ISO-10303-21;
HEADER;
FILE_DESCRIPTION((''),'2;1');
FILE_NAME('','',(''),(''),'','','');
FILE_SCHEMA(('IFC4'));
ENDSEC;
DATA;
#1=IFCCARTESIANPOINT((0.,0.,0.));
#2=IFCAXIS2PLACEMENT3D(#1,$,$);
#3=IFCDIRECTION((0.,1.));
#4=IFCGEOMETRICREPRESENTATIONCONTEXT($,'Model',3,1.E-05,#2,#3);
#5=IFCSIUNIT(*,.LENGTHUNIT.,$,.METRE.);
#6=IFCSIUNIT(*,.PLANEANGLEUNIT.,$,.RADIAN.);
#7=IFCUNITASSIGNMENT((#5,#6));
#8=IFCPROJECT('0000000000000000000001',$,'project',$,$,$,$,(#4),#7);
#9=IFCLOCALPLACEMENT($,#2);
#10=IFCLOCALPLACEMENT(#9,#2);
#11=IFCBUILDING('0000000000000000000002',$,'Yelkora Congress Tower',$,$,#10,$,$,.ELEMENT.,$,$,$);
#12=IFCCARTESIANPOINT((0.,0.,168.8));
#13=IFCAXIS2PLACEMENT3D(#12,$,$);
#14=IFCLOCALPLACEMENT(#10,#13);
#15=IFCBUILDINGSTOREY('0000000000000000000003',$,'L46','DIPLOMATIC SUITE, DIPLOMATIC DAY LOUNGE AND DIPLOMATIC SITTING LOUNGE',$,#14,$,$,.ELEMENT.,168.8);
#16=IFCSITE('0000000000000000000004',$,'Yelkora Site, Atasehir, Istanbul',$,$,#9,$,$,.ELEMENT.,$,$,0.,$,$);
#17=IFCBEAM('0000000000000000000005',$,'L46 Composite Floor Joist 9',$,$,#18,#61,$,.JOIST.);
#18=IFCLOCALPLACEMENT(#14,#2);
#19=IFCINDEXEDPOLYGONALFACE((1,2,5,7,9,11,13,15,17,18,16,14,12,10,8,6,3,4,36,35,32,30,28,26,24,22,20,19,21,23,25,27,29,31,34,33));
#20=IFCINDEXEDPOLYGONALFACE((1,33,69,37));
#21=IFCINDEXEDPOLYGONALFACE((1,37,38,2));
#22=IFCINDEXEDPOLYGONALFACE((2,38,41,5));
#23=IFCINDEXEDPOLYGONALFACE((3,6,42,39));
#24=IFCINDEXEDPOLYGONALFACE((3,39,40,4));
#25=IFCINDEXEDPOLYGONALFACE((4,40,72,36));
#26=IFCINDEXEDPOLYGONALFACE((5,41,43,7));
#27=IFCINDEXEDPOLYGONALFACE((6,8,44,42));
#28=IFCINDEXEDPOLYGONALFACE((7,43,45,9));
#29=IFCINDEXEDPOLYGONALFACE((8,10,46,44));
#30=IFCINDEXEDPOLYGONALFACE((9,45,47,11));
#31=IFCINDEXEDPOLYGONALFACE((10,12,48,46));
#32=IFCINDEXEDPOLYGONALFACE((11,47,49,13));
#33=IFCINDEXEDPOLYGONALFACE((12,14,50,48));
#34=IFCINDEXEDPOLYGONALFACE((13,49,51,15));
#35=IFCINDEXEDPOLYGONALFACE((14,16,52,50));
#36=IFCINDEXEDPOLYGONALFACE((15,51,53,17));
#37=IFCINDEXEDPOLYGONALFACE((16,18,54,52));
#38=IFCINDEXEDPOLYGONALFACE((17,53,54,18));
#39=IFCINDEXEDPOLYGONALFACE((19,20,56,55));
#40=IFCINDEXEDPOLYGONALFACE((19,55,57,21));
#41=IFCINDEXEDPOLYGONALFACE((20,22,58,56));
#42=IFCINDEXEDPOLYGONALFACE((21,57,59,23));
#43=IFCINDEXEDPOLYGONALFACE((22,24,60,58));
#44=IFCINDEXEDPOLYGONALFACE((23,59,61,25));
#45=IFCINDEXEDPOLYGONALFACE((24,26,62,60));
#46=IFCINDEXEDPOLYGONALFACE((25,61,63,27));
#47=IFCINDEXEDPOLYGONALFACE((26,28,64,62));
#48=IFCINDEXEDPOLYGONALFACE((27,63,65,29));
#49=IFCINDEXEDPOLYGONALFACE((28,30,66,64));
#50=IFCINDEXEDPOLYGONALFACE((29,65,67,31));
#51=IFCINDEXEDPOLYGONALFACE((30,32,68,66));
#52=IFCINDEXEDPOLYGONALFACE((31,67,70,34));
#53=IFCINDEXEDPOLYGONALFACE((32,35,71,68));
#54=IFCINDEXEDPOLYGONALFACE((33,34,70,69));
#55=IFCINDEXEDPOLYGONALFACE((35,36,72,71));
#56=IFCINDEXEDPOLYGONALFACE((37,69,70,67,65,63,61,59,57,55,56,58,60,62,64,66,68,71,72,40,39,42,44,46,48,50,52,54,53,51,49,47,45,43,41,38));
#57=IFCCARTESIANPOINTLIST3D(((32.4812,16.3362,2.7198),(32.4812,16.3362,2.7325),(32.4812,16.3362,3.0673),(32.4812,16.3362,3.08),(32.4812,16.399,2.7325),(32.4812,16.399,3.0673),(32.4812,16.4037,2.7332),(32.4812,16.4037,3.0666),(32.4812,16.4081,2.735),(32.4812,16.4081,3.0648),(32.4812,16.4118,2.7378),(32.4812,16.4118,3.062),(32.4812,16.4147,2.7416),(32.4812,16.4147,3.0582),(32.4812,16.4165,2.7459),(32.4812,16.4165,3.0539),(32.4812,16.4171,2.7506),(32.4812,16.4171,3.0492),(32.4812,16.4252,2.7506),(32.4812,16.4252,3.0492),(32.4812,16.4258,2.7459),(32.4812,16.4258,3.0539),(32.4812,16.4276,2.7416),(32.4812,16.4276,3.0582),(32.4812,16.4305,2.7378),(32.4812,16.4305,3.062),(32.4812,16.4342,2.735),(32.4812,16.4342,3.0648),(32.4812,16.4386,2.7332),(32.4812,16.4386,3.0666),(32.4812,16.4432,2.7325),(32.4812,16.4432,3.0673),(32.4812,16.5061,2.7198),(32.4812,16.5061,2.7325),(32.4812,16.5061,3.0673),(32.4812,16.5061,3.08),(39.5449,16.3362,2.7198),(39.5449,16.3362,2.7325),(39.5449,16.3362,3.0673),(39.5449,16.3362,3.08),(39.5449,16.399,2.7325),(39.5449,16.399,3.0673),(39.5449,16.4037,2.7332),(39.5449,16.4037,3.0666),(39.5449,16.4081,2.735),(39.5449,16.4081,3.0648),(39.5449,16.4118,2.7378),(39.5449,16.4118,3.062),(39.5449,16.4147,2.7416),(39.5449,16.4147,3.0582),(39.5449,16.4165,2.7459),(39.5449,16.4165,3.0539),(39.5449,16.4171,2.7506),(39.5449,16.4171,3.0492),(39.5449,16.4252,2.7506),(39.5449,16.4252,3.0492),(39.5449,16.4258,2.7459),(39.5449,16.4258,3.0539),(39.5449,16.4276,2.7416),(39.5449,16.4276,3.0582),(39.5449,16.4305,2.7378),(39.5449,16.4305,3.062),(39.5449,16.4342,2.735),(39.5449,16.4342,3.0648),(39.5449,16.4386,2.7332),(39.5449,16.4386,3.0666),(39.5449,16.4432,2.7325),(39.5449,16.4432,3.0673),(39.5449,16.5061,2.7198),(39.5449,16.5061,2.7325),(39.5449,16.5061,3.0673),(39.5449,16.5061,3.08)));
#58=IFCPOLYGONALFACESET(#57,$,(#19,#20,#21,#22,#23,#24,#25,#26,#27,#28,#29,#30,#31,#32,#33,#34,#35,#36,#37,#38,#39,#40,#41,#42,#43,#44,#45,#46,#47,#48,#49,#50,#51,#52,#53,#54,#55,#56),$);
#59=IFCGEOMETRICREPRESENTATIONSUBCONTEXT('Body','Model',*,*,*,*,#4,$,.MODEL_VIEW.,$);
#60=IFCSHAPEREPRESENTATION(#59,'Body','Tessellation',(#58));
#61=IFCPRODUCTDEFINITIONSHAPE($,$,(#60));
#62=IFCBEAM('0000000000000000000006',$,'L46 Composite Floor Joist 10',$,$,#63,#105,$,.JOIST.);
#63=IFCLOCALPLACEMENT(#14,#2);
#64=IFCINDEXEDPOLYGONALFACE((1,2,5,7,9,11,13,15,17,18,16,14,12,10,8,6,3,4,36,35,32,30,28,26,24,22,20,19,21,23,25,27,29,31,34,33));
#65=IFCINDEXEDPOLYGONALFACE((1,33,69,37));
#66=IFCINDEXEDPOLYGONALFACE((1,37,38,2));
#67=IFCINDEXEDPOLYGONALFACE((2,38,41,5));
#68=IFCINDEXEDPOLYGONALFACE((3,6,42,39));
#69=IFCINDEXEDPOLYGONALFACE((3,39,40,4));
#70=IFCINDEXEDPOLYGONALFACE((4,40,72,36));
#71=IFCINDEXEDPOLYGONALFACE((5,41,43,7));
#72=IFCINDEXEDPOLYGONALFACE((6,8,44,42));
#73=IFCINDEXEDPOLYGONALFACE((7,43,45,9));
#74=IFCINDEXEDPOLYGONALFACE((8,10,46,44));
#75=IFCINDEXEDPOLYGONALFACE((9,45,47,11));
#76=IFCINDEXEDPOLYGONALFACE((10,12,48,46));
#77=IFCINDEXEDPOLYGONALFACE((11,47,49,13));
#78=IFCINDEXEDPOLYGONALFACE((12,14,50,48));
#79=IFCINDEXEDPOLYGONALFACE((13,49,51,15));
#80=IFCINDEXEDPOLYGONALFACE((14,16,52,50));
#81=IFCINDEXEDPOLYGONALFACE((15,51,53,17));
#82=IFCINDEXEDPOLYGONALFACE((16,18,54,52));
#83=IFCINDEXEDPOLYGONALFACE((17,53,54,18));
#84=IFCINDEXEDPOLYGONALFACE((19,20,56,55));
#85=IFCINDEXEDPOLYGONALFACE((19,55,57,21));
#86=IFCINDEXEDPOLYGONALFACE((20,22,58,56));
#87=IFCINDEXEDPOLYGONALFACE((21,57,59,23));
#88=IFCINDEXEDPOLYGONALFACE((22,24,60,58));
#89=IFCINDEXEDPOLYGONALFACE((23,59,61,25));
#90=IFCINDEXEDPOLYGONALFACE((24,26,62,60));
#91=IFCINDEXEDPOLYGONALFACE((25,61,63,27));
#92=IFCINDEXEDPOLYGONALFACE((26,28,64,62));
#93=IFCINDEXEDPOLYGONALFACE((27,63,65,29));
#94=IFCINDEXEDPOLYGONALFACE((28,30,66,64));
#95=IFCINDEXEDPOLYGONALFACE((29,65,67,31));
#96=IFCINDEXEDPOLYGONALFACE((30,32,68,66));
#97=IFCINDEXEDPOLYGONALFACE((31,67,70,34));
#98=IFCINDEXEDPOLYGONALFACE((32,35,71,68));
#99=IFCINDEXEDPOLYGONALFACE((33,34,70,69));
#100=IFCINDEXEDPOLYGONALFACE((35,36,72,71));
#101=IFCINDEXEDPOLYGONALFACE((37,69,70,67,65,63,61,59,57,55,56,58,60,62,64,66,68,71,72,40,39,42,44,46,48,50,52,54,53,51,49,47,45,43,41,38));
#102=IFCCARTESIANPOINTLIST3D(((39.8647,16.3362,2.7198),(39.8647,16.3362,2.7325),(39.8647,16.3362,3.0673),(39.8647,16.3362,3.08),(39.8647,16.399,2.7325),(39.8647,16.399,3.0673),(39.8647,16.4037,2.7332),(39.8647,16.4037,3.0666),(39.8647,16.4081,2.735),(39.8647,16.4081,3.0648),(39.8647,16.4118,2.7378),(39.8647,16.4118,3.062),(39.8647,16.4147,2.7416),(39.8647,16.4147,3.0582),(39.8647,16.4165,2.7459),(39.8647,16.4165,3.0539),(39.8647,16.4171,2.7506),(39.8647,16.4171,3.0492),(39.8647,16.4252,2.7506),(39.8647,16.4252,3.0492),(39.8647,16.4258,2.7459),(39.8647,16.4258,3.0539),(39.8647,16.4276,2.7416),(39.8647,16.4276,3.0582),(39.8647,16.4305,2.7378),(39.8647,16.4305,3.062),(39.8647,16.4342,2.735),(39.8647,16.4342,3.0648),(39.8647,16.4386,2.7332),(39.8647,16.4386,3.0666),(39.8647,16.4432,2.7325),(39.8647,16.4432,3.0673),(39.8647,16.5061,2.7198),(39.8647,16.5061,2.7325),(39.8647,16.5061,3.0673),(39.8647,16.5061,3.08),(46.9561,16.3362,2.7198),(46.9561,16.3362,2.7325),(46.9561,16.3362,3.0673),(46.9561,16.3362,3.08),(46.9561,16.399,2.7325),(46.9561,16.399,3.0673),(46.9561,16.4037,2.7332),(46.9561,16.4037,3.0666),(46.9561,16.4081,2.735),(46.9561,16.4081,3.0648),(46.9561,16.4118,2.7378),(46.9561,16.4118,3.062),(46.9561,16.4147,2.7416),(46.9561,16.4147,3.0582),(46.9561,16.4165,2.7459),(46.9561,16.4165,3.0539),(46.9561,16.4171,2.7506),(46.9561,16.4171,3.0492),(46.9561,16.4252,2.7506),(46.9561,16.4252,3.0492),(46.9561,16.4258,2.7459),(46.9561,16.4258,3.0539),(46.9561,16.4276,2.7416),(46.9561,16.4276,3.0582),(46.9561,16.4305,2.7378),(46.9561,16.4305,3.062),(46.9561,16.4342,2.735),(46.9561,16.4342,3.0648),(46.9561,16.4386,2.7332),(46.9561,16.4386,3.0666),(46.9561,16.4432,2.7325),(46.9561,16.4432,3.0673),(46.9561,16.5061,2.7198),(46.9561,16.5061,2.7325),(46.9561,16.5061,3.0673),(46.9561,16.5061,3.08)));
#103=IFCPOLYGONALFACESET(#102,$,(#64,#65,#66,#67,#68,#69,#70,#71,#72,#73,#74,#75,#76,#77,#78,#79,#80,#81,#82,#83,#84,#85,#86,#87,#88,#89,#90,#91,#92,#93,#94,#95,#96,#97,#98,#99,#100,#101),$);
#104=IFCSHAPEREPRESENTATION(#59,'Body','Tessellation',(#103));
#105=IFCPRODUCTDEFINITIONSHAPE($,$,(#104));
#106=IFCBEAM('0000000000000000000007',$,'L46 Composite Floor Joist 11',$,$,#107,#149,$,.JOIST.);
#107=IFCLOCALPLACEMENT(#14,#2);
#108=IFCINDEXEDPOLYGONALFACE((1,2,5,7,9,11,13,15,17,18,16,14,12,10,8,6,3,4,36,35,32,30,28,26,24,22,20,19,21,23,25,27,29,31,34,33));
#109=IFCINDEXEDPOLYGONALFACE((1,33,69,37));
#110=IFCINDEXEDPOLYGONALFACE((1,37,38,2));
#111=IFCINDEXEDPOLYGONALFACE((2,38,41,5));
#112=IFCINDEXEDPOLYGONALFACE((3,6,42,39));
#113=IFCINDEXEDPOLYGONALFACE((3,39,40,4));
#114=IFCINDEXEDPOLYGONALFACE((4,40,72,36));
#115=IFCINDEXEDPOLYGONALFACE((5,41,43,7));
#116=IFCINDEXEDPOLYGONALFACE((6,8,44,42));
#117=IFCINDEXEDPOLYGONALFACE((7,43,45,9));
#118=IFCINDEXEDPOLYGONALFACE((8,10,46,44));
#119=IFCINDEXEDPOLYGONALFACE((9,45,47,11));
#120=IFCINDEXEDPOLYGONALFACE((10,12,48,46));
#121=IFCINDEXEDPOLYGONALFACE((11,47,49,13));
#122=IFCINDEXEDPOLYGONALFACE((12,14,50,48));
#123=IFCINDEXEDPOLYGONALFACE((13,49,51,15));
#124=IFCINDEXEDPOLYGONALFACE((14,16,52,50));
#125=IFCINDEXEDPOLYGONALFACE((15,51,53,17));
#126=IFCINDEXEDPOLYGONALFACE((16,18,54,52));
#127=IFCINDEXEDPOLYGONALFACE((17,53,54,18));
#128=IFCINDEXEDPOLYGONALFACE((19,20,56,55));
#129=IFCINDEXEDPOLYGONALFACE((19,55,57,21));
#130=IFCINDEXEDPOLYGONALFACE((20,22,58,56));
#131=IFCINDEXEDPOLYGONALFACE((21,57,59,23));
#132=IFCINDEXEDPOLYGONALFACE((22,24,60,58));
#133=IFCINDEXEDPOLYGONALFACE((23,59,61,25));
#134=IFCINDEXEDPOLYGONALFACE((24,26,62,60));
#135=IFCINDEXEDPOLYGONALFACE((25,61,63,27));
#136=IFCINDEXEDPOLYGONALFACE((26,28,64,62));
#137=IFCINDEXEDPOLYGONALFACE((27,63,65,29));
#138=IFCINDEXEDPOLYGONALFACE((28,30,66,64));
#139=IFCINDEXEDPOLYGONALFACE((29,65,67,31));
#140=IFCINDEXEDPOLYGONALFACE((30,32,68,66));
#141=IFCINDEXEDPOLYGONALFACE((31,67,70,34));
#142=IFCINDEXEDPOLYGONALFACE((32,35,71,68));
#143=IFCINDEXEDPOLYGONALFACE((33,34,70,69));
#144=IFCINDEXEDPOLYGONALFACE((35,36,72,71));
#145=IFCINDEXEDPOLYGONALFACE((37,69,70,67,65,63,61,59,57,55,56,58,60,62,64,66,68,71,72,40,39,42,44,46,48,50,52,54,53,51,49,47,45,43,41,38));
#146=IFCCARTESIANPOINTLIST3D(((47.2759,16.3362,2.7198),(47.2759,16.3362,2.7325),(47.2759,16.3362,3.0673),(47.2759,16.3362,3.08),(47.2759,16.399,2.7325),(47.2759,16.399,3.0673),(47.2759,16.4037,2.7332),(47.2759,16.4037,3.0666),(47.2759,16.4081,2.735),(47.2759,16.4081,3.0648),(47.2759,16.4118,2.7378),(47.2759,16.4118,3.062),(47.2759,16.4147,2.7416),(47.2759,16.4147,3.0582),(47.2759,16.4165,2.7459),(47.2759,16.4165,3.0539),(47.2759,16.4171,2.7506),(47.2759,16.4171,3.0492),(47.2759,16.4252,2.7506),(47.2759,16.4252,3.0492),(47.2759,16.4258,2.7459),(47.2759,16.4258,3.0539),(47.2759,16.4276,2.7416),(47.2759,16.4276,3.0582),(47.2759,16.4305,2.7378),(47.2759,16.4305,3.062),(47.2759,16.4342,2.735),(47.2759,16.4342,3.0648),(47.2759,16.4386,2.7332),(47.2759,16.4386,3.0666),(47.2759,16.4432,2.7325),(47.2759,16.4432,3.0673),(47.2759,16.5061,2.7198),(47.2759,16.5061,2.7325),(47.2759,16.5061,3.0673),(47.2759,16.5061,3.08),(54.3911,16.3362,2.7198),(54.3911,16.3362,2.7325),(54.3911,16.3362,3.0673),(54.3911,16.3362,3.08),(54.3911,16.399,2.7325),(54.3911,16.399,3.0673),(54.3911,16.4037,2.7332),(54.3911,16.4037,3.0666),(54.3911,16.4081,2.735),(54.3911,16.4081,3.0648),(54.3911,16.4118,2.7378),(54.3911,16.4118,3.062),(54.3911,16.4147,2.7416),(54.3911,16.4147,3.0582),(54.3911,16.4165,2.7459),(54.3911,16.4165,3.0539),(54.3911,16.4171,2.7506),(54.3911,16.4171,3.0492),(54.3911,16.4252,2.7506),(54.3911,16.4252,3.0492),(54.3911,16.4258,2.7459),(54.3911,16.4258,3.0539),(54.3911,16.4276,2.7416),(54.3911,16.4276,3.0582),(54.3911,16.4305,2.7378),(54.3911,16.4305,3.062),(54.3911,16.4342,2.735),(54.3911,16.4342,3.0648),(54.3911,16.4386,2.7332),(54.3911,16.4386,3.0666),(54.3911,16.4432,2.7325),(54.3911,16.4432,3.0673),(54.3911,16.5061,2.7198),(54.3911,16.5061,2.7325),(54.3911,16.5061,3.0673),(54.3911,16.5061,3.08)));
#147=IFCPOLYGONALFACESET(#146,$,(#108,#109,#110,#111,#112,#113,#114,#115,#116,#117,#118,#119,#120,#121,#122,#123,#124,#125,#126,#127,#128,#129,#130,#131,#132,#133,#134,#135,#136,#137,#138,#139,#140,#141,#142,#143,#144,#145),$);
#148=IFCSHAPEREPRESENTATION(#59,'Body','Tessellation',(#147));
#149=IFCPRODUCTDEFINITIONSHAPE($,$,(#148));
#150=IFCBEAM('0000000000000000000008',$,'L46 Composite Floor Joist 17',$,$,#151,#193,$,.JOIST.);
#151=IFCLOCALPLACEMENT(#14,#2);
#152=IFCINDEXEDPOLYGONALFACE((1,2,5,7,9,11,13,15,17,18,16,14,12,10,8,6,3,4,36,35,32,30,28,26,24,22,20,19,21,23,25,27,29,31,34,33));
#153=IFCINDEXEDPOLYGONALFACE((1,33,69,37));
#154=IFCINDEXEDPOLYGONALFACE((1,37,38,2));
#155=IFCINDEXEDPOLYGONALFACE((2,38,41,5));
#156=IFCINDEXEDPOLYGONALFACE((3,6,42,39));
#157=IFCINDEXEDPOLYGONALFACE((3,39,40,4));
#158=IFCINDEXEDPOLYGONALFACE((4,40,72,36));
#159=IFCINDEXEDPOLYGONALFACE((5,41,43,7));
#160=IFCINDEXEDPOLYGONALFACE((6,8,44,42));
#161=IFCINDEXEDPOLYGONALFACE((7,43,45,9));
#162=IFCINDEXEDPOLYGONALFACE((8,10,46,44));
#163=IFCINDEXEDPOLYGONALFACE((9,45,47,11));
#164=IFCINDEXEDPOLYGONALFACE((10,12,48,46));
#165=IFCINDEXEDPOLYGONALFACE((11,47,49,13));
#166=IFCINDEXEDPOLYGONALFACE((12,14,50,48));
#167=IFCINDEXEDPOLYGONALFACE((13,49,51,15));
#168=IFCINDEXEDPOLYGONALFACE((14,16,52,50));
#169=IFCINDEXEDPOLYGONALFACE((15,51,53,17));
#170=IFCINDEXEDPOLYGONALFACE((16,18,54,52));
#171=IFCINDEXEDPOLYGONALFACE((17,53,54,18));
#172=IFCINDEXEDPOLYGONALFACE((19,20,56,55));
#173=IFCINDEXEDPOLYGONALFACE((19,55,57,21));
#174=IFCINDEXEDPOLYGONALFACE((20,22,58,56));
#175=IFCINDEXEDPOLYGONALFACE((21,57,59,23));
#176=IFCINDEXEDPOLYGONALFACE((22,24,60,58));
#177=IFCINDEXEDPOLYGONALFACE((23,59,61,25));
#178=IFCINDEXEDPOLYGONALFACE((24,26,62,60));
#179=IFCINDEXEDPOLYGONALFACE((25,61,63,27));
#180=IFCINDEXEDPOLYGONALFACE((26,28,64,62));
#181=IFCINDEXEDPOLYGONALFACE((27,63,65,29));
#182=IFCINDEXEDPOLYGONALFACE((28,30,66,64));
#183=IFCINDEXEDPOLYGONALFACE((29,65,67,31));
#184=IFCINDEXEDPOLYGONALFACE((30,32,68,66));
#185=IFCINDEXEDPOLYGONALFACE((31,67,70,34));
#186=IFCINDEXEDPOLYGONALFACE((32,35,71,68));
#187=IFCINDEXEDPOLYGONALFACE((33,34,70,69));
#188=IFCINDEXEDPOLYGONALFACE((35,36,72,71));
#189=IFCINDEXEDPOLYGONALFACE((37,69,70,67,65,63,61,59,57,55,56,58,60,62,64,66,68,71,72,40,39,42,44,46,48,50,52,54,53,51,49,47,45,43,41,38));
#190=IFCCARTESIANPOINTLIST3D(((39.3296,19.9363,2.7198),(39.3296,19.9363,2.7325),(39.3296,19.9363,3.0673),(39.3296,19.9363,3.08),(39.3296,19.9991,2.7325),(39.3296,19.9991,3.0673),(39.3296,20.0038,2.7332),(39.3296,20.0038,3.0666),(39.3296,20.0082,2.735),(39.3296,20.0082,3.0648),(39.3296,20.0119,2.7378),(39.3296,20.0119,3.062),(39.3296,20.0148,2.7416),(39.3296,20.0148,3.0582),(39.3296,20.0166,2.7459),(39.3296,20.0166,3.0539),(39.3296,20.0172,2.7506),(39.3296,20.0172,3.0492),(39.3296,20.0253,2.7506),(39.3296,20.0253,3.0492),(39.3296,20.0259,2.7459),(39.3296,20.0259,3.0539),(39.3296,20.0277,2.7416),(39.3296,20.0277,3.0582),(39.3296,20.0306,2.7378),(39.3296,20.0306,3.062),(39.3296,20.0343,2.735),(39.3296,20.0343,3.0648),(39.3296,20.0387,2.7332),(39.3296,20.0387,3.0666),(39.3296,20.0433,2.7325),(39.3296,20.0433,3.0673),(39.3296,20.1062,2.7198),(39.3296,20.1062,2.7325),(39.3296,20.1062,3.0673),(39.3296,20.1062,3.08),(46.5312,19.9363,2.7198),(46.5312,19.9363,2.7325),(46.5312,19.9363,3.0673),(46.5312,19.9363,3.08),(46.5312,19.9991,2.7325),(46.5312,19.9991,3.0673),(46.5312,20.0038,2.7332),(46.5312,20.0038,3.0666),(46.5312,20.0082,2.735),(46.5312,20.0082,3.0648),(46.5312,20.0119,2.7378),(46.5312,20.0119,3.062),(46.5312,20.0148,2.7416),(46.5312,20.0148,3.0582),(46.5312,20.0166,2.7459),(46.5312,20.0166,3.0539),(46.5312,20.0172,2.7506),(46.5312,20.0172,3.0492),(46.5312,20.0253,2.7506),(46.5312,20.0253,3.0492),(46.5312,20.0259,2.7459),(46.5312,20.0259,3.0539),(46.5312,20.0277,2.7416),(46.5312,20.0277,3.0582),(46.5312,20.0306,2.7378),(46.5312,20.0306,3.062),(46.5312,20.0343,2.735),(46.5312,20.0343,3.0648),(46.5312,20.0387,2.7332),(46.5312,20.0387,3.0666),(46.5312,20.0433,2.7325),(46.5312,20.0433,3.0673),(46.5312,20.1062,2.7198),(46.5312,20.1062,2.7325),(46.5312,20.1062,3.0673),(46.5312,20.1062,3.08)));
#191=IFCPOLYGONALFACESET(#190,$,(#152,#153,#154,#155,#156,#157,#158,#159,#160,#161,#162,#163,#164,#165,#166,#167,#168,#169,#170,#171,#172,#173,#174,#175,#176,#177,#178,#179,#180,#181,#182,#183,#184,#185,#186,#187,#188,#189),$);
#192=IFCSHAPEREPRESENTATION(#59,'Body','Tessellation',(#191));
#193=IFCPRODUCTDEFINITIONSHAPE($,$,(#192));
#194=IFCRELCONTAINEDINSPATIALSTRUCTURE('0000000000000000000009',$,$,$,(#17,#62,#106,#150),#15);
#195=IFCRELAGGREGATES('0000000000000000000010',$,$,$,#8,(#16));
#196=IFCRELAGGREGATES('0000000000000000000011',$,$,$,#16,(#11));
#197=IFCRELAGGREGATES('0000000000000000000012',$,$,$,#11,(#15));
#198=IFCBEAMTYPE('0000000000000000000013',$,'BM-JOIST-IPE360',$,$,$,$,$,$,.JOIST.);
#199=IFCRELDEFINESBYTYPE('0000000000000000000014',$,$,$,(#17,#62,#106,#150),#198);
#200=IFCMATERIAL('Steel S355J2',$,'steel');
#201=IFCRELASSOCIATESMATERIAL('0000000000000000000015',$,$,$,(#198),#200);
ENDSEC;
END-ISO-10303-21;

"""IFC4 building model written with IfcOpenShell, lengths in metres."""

from ifc_helpers import new_model, si_unit, direction, frame, origin, origin_2d, place, context, subcontext, project, spatial, i_section, extrude, material, material_profile, profile_set, type_object, element, save


model = new_model("IFC4")

# Units and contexts
model_context = context("Model", 3, precision=1e-05, world=origin(), true_north=direction((0.0, 1.0)))
body_context = subcontext(model_context, "Body", "Model", "MODEL_VIEW")
ifc_project = project(units=[si_unit("LENGTHUNIT", "METRE"), si_unit("PLANEANGLEUNIT", "RADIAN")], contexts=[model_context])

# Site, building, storey
site_placement = place(None, origin())
site = spatial("IfcSite", under=ifc_project, at=site_placement, Name="Yelkora Site, Atasehir, Istanbul", CompositionType="ELEMENT", RefElevation=0.0)
building_placement = place(site_placement, origin())
building = spatial("IfcBuilding", under=site, at=building_placement, Name="Yelkora Congress Tower", CompositionType="ELEMENT")
storey_placement = place(building_placement, frame((0.0, 0.0, 168.8)))
storey = spatial("IfcBuildingStorey", under=building, at=storey_placement, Name="L46", Description="DIPLOMATIC SUITE, DIPLOMATIC DAY LOUNGE AND DIPLOMATIC SITTING LOUNGE", CompositionType="ELEMENT", Elevation=168.8)

# Beams
ifc_material_1 = material(Name="Steel S355J2", Category="steel")
ifc_material_profile_1 = material_profile(ifc_material_1, i_section(OverallWidth=0.1699, OverallDepth=0.3601, WebThickness=0.0081, FlangeThickness=0.0127, FilletRadius=0.0181, at=origin_2d()), Name="IPE 360")
ifc_profile_set_1 = profile_set([ifc_material_profile_1], Name="Steel S355J2")
beam_type_1 = type_object("IfcBeamType", Name="BM-JOIST-IPE360", PredefinedType="JOIST", material=ifc_profile_set_1)
beam_1_placement = place(storey_placement, frame((32.4812, 16.4211, 2.8999), z_axis=(1.0, 0.0, 0.0), x_axis=(0.0, 1.0, 0.0)))
element("IfcBeam", 1, at=beam_1_placement, inside=storey, type_object=beam_type_1, Name="L46 Composite Floor Joist 9", PredefinedType="JOIST", context=body_context, shape_type="SweptSolid", body=[
    extrude(i_section(OverallWidth=0.1699, OverallDepth=0.3601, WebThickness=0.0081, FlangeThickness=0.0127, FilletRadius=0.0181, at=origin_2d()), origin(), (0.0, 0.0, 1.0), 7.0637),
])
beam_2_placement = place(storey_placement, frame((39.8647, 16.4211, 2.8999), z_axis=(1.0, 0.0, 0.0), x_axis=(0.0, 1.0, 0.0)))
element("IfcBeam", 2, at=beam_2_placement, inside=storey, type_object=beam_type_1, Name="L46 Composite Floor Joist 10", PredefinedType="JOIST", context=body_context, shape_type="SweptSolid", body=[
    extrude(i_section(OverallWidth=0.1699, OverallDepth=0.3601, WebThickness=0.0081, FlangeThickness=0.0127, FilletRadius=0.0181, at=origin_2d()), origin(), (0.0, 0.0, 1.0), 7.0913),
])
beam_3_placement = place(storey_placement, frame((47.2759, 16.4211, 2.8999), z_axis=(1.0, 0.0, 0.0), x_axis=(0.0, 1.0, 0.0)))
element("IfcBeam", 3, at=beam_3_placement, inside=storey, type_object=beam_type_1, Name="L46 Composite Floor Joist 11", PredefinedType="JOIST", context=body_context, shape_type="SweptSolid", body=[
    extrude(i_section(OverallWidth=0.1699, OverallDepth=0.3601, WebThickness=0.0081, FlangeThickness=0.0127, FilletRadius=0.0181, at=origin_2d()), origin(), (0.0, 0.0, 1.0), 7.1152),
])
beam_4_placement = place(storey_placement, frame((39.3296, 20.0212, 2.8999), z_axis=(1.0, 0.0, 0.0), x_axis=(0.0, 1.0, 0.0)))
element("IfcBeam", 4, at=beam_4_placement, inside=storey, type_object=beam_type_1, Name="L46 Composite Floor Joist 17", PredefinedType="JOIST", context=body_context, shape_type="SweptSolid", body=[
    extrude(i_section(OverallWidth=0.1699, OverallDepth=0.3601, WebThickness=0.0081, FlangeThickness=0.0127, FilletRadius=0.0181, at=origin_2d()), origin(), (0.0, 0.0, 1.0), 7.2017),
])

save(model, "model.ifc")
